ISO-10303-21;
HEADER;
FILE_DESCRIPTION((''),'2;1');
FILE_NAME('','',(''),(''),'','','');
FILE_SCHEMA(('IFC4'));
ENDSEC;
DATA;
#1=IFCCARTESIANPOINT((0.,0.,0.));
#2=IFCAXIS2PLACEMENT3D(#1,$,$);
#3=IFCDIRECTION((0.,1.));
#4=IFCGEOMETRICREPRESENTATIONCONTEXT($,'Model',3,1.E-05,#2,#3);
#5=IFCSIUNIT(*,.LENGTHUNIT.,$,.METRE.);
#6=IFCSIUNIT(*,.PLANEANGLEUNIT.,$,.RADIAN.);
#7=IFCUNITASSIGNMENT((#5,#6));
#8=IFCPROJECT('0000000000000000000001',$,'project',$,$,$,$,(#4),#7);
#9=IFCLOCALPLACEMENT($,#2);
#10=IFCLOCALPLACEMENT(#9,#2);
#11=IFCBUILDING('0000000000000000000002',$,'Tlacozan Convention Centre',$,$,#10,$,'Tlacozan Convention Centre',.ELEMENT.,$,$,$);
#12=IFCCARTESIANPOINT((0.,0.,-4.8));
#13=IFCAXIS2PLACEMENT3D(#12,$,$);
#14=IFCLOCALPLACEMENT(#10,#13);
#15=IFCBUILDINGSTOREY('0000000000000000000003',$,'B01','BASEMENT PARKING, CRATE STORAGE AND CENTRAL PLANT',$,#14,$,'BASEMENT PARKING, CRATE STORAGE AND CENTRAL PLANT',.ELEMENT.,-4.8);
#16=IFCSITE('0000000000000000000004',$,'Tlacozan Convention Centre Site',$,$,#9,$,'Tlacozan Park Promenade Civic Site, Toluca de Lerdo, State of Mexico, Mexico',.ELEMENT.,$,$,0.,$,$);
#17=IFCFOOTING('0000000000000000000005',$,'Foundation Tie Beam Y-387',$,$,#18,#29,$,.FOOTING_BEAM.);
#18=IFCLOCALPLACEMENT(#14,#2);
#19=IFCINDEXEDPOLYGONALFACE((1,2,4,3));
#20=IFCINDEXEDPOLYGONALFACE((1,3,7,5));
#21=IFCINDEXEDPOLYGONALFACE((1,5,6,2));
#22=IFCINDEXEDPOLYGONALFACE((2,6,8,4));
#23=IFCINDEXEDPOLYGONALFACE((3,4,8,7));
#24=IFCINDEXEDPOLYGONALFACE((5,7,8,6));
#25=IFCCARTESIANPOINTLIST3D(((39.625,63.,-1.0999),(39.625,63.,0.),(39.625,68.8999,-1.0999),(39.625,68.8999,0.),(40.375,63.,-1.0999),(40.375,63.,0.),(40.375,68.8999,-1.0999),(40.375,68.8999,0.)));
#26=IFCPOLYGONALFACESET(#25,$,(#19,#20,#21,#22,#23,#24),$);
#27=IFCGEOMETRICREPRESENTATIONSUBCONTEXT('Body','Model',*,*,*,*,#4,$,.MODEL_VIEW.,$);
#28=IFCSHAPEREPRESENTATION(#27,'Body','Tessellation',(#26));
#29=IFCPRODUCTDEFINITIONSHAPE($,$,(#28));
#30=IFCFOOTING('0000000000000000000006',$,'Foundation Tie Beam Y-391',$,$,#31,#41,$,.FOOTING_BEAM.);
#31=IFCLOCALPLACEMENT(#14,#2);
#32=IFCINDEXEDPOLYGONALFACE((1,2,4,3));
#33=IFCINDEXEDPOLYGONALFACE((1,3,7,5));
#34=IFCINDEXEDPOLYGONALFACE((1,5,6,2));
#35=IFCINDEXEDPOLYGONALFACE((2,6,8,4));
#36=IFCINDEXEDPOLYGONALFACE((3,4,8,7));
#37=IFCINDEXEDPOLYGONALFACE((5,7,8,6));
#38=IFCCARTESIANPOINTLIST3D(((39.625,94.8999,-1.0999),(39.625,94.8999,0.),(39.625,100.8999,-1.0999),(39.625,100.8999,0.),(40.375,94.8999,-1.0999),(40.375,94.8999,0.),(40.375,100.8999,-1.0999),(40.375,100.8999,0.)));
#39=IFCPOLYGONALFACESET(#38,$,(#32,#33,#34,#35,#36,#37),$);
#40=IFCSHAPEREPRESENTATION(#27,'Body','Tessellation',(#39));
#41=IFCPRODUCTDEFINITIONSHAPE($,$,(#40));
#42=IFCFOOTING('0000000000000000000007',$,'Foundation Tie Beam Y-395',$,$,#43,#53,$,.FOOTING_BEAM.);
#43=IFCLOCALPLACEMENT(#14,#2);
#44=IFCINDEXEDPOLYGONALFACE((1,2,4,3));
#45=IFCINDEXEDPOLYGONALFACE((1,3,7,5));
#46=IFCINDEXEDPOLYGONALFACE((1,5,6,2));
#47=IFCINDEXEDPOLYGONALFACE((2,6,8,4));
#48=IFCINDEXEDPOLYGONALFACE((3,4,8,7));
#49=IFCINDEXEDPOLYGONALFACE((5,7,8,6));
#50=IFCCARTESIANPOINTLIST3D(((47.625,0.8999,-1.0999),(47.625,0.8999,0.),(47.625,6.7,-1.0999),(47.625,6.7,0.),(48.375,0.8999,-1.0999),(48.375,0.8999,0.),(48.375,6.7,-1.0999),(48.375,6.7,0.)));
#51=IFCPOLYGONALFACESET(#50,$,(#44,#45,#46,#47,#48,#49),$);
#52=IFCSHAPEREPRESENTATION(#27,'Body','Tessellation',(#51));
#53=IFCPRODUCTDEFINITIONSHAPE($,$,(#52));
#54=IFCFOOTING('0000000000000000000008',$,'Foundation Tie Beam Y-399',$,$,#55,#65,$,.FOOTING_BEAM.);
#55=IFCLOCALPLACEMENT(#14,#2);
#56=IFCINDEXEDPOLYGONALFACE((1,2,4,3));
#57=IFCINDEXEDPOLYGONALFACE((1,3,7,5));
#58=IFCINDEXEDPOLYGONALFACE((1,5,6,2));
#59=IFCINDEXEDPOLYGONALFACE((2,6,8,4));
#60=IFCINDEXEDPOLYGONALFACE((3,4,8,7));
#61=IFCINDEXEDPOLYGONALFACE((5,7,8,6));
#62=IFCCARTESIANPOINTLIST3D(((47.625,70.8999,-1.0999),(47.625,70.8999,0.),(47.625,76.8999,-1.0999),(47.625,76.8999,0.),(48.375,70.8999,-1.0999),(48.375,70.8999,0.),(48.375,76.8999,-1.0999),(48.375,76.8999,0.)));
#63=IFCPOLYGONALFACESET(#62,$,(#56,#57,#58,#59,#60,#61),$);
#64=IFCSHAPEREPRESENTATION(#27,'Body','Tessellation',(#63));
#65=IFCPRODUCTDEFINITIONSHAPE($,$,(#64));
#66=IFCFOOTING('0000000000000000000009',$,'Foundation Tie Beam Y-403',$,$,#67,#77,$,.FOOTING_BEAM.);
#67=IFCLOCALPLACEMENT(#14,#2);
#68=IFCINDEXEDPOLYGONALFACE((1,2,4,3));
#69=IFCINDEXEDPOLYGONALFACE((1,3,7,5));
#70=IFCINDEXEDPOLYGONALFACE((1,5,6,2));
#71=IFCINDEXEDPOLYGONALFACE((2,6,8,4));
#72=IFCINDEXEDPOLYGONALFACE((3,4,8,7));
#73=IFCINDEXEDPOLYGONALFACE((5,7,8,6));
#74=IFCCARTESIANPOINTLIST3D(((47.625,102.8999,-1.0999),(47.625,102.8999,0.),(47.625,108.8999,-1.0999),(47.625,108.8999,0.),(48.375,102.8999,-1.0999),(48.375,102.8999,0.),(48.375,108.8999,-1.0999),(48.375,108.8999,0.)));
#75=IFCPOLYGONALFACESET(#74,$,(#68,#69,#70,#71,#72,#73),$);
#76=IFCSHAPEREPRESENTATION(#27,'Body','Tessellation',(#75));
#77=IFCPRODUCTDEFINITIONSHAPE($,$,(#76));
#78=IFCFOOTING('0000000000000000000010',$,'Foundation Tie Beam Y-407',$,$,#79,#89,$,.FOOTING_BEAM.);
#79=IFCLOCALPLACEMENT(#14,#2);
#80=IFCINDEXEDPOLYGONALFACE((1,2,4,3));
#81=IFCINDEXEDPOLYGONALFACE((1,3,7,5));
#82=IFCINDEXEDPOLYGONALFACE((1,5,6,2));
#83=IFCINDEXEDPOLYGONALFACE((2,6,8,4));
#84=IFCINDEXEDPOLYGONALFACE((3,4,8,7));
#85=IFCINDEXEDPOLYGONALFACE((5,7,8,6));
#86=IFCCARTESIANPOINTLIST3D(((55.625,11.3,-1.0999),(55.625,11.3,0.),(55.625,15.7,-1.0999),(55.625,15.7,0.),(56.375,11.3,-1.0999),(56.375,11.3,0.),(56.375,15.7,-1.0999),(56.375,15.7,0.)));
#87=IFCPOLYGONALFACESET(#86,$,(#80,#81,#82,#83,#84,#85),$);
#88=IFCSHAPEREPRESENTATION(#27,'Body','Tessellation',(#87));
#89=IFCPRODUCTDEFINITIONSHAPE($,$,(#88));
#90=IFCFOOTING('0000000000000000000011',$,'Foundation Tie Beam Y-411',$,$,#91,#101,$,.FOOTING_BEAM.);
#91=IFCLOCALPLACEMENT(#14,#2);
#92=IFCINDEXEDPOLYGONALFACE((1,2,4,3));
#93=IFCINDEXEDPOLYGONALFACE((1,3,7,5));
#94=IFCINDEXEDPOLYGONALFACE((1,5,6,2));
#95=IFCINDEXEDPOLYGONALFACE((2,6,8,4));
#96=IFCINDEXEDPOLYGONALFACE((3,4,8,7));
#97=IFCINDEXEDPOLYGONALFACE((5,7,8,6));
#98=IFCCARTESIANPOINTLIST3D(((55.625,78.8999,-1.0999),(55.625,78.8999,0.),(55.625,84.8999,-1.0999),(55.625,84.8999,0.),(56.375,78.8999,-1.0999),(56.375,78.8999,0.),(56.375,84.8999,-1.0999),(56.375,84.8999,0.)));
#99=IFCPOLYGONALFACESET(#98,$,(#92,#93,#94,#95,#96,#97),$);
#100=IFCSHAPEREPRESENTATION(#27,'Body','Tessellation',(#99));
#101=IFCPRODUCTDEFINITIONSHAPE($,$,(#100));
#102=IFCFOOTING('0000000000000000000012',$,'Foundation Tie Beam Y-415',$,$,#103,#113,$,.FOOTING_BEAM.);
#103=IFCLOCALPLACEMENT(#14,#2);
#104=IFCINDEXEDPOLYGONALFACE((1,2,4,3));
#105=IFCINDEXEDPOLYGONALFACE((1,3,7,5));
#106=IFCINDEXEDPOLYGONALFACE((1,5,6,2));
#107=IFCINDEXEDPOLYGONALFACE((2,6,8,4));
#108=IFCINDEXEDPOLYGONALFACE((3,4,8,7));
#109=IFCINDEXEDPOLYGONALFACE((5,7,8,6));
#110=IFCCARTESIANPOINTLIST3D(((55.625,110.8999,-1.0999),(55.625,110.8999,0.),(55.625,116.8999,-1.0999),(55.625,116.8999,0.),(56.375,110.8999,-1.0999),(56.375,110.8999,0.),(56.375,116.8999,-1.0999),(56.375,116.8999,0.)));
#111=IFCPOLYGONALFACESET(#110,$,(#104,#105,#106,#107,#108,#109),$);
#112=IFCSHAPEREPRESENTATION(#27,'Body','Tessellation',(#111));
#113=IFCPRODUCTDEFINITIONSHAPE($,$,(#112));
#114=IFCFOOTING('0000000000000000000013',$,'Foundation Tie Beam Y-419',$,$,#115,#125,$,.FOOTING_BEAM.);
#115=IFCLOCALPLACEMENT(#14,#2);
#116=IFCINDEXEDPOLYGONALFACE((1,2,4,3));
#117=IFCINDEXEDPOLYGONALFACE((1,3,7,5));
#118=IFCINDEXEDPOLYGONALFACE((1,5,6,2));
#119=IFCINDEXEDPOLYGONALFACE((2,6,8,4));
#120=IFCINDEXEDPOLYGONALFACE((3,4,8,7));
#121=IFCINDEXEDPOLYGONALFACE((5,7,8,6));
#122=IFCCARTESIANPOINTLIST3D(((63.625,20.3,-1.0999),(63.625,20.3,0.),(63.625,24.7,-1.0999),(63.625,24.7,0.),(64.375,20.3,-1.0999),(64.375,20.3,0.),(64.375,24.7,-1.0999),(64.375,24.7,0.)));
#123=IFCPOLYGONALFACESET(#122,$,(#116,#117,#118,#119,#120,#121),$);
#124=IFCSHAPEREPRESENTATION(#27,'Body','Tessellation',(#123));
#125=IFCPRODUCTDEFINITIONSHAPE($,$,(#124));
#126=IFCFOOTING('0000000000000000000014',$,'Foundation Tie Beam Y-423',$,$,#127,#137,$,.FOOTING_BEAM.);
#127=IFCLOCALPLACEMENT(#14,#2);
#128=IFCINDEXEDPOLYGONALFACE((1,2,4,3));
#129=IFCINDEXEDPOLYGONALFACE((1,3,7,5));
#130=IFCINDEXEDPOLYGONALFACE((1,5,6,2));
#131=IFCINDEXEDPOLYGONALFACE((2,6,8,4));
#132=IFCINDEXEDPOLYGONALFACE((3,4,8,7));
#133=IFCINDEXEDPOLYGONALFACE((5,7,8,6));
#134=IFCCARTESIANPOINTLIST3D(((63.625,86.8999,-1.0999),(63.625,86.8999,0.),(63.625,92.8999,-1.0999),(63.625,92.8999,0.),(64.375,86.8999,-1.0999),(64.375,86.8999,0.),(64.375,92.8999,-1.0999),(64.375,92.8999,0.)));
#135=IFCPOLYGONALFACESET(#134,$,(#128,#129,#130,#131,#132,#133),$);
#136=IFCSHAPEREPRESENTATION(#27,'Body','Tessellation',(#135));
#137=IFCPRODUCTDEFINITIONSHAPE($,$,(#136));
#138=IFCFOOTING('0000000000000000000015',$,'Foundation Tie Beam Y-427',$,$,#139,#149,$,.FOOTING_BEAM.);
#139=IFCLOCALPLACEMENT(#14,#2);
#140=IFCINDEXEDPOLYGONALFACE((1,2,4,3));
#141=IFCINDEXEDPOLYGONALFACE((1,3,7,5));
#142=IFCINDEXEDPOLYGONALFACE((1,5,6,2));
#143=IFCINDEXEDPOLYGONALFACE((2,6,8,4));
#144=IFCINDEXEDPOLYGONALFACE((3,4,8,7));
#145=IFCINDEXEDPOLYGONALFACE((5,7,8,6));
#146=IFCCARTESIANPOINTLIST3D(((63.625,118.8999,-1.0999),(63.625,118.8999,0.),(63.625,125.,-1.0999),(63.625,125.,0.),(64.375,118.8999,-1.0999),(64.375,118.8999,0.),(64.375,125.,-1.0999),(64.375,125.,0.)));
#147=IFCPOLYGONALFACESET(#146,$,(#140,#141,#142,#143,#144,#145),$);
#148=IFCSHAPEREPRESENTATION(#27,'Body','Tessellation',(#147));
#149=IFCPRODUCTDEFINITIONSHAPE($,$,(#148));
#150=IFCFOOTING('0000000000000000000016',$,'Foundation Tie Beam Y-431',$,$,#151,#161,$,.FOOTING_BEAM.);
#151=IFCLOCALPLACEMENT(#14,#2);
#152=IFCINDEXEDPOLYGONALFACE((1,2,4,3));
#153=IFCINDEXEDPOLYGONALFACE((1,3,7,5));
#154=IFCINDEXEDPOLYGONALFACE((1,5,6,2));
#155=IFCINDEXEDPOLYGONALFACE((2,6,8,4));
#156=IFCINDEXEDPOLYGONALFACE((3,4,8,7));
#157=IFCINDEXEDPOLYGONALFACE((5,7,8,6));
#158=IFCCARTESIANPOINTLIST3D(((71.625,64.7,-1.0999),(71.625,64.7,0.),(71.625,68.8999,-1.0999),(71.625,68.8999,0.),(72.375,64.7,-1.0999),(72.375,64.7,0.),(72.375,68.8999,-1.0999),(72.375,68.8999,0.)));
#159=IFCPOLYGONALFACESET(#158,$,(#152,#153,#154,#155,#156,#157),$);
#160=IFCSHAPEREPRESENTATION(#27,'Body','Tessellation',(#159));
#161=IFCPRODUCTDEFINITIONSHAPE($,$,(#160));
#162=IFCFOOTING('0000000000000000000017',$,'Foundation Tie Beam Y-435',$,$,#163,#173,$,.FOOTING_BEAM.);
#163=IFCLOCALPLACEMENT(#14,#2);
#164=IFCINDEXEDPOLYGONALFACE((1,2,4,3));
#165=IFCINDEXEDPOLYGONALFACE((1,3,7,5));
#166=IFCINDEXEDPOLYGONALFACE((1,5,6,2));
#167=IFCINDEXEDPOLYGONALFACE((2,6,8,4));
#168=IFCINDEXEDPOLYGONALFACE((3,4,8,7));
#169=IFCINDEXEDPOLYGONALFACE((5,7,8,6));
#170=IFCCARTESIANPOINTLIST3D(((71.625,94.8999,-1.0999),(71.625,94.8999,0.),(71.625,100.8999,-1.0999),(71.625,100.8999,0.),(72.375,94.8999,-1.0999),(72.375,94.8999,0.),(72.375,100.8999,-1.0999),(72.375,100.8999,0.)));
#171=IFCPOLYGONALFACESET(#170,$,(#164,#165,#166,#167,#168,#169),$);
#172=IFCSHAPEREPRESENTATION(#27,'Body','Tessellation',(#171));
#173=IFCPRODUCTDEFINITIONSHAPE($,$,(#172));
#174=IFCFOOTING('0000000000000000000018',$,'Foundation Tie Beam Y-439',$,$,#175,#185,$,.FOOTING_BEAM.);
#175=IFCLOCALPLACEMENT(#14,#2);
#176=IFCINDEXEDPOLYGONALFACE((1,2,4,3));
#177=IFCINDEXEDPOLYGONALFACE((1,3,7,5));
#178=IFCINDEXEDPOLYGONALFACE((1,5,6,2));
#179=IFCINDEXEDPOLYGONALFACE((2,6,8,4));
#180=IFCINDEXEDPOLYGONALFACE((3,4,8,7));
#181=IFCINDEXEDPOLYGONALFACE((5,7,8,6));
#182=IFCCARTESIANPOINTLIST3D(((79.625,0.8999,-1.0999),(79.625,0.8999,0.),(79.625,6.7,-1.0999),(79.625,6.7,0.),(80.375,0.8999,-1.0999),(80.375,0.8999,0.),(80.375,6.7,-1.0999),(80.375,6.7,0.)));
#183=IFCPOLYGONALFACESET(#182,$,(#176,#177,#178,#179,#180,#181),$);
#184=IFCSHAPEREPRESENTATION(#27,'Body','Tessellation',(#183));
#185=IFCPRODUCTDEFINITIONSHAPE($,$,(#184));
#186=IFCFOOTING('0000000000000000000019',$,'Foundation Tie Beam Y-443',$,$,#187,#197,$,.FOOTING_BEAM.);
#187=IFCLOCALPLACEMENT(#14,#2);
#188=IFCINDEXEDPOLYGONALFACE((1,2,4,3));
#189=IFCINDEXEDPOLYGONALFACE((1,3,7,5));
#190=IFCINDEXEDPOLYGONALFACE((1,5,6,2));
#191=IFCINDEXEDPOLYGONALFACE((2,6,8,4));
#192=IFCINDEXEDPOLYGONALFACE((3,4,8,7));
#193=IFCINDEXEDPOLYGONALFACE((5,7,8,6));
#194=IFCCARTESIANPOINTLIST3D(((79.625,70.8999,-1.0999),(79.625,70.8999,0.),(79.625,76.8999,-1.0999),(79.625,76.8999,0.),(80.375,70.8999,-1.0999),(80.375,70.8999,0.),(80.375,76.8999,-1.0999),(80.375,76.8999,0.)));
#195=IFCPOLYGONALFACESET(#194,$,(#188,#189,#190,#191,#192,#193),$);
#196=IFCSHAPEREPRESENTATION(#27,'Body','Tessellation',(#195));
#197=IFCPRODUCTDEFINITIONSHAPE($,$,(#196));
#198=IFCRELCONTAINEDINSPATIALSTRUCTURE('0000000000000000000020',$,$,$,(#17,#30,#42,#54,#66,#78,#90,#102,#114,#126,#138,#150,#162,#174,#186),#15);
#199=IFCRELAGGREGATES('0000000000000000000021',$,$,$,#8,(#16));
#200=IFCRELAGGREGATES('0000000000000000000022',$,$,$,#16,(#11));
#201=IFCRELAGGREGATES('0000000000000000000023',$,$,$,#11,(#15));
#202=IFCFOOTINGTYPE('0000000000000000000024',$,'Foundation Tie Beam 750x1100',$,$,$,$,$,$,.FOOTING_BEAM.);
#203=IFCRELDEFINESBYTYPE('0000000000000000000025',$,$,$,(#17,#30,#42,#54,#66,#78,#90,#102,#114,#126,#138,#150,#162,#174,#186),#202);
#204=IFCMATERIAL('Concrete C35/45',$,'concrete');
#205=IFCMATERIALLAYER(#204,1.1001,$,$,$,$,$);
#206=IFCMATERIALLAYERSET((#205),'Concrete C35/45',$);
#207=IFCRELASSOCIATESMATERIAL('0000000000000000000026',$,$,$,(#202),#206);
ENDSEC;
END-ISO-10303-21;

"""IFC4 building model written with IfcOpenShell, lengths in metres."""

from ifc_helpers import new_model, si_unit, direction, frame, origin, place, context, subcontext, project, spatial, polyline, outline, extrude, material, layer, layer_set, type_object, element, save


model = new_model("IFC4")

# Units and contexts
model_context = context("Model", 3, precision=1e-05, world=origin(), true_north=direction((0.0, 1.0)))
body_context = subcontext(model_context, "Body", "Model", "MODEL_VIEW")
ifc_project = project(units=[si_unit("LENGTHUNIT", "METRE"), si_unit("PLANEANGLEUNIT", "RADIAN")], contexts=[model_context])

# Site, building, storey
site_placement = place(None, origin())
site = spatial("IfcSite", under=ifc_project, at=site_placement, Name="Tlacozan Convention Centre Site", LongName="Tlacozan Park Promenade Civic Site, Toluca de Lerdo, State of Mexico, Mexico", CompositionType="ELEMENT", RefElevation=0.0)
building_placement = place(site_placement, origin())
building = spatial("IfcBuilding", under=site, at=building_placement, Name="Tlacozan Convention Centre", LongName="Tlacozan Convention Centre", CompositionType="ELEMENT")
storey_placement = place(building_placement, frame((0.0, 0.0, -4.8)))
storey = spatial("IfcBuildingStorey", under=building, at=storey_placement, Name="B01", Description="BASEMENT PARKING, CRATE STORAGE AND CENTRAL PLANT", LongName="BASEMENT PARKING, CRATE STORAGE AND CENTRAL PLANT", CompositionType="ELEMENT", Elevation=-4.8)

# Footings
ifc_material = material(Name="Concrete C35/45", Category="concrete")
ifc_layer = layer(ifc_material, 1.1001)
ifc_layer_set = layer_set([ifc_layer], Name="Concrete C35/45")
footing_type = type_object("IfcFootingType", Name="Foundation Tie Beam 750x1100", PredefinedType="FOOTING_BEAM", material=ifc_layer_set)
footing_1_placement = place(storey_placement, frame((0.0, 0.0, -1.0999)))
element("IfcFooting", 1, at=footing_1_placement, inside=storey, type_object=footing_type, Name="Foundation Tie Beam Y-387", PredefinedType="FOOTING_BEAM", context=body_context, shape_type="SweptSolid", body=[
    extrude(outline(polyline([(39.625, 63.0), (40.375, 63.0), (40.375, 68.8999), (39.625, 68.8999), (39.625, 63.0)])), origin(), (0.0, 0.0, 1.0), 1.0999),
])
footing_2_placement = place(storey_placement, frame((0.0, 0.0, -1.0999)))
element("IfcFooting", 2, at=footing_2_placement, inside=storey, type_object=footing_type, Name="Foundation Tie Beam Y-391", PredefinedType="FOOTING_BEAM", context=body_context, shape_type="SweptSolid", body=[
    extrude(outline(polyline([(39.625, 94.8999), (40.375, 94.8999), (40.375, 100.8999), (39.625, 100.8999), (39.625, 94.8999)])), origin(), (0.0, 0.0, 1.0), 1.0999),
])
footing_3_placement = place(storey_placement, frame((0.0, 0.0, -1.0999)))
element("IfcFooting", 3, at=footing_3_placement, inside=storey, type_object=footing_type, Name="Foundation Tie Beam Y-395", PredefinedType="FOOTING_BEAM", context=body_context, shape_type="SweptSolid", body=[
    extrude(outline(polyline([(47.625, 0.8999), (48.375, 0.8999), (48.375, 6.7), (47.625, 6.7), (47.625, 0.8999)])), origin(), (0.0, 0.0, 1.0), 1.0999),
])
footing_4_placement = place(storey_placement, frame((0.0, 0.0, -1.0999)))
element("IfcFooting", 4, at=footing_4_placement, inside=storey, type_object=footing_type, Name="Foundation Tie Beam Y-399", PredefinedType="FOOTING_BEAM", context=body_context, shape_type="SweptSolid", body=[
    extrude(outline(polyline([(47.625, 70.8999), (48.375, 70.8999), (48.375, 76.8999), (47.625, 76.8999), (47.625, 70.8999)])), origin(), (0.0, 0.0, 1.0), 1.0999),
])
footing_5_placement = place(storey_placement, frame((0.0, 0.0, -1.0999)))
element("IfcFooting", 5, at=footing_5_placement, inside=storey, type_object=footing_type, Name="Foundation Tie Beam Y-403", PredefinedType="FOOTING_BEAM", context=body_context, shape_type="SweptSolid", body=[
    extrude(outline(polyline([(47.625, 102.8999), (48.375, 102.8999), (48.375, 108.8999), (47.625, 108.8999), (47.625, 102.8999)])), origin(), (0.0, 0.0, 1.0), 1.0999),
])
footing_6_placement = place(storey_placement, frame((0.0, 0.0, -1.0999)))
element("IfcFooting", 6, at=footing_6_placement, inside=storey, type_object=footing_type, Name="Foundation Tie Beam Y-407", PredefinedType="FOOTING_BEAM", context=body_context, shape_type="SweptSolid", body=[
    extrude(outline(polyline([(55.625, 11.3), (56.375, 11.3), (56.375, 15.7), (55.625, 15.7), (55.625, 11.3)])), origin(), (0.0, 0.0, 1.0), 1.0999),
])
footing_7_placement = place(storey_placement, frame((0.0, 0.0, -1.0999)))
element("IfcFooting", 7, at=footing_7_placement, inside=storey, type_object=footing_type, Name="Foundation Tie Beam Y-411", PredefinedType="FOOTING_BEAM", context=body_context, shape_type="SweptSolid", body=[
    extrude(outline(polyline([(55.625, 78.8999), (56.375, 78.8999), (56.375, 84.8999), (55.625, 84.8999), (55.625, 78.8999)])), origin(), (0.0, 0.0, 1.0), 1.0999),
])
footing_8_placement = place(storey_placement, frame((0.0, 0.0, -1.0999)))
element("IfcFooting", 8, at=footing_8_placement, inside=storey, type_object=footing_type, Name="Foundation Tie Beam Y-415", PredefinedType="FOOTING_BEAM", context=body_context, shape_type="SweptSolid", body=[
    extrude(outline(polyline([(55.625, 110.8999), (56.375, 110.8999), (56.375, 116.8999), (55.625, 116.8999), (55.625, 110.8999)])), origin(), (0.0, 0.0, 1.0), 1.0999),
])
footing_9_placement = place(storey_placement, frame((0.0, 0.0, -1.0999)))
element("IfcFooting", 9, at=footing_9_placement, inside=storey, type_object=footing_type, Name="Foundation Tie Beam Y-419", PredefinedType="FOOTING_BEAM", context=body_context, shape_type="SweptSolid", body=[
    extrude(outline(polyline([(63.625, 20.3), (64.375, 20.3), (64.375, 24.7), (63.625, 24.7), (63.625, 20.3)])), origin(), (0.0, 0.0, 1.0), 1.0999),
])
footing_10_placement = place(storey_placement, frame((0.0, 0.0, -1.0999)))
element("IfcFooting", 10, at=footing_10_placement, inside=storey, type_object=footing_type, Name="Foundation Tie Beam Y-423", PredefinedType="FOOTING_BEAM", context=body_context, shape_type="SweptSolid", body=[
    extrude(outline(polyline([(63.625, 86.8999), (64.375, 86.8999), (64.375, 92.8999), (63.625, 92.8999), (63.625, 86.8999)])), origin(), (0.0, 0.0, 1.0), 1.0999),
])
footing_11_placement = place(storey_placement, frame((0.0, 0.0, -1.0999)))
element("IfcFooting", 11, at=footing_11_placement, inside=storey, type_object=footing_type, Name="Foundation Tie Beam Y-427", PredefinedType="FOOTING_BEAM", context=body_context, shape_type="SweptSolid", body=[
    extrude(outline(polyline([(63.625, 118.8999), (64.375, 118.8999), (64.375, 125.0), (63.625, 125.0), (63.625, 118.8999)])), origin(), (0.0, 0.0, 1.0), 1.0999),
])
footing_12_placement = place(storey_placement, frame((0.0, 0.0, -1.0999)))
element("IfcFooting", 12, at=footing_12_placement, inside=storey, type_object=footing_type, Name="Foundation Tie Beam Y-431", PredefinedType="FOOTING_BEAM", context=body_context, shape_type="SweptSolid", body=[
    extrude(outline(polyline([(71.625, 64.7), (72.375, 64.7), (72.375, 68.8999), (71.625, 68.8999), (71.625, 64.7)])), origin(), (0.0, 0.0, 1.0), 1.0999),
])
footing_13_placement = place(storey_placement, frame((0.0, 0.0, -1.0999)))
element("IfcFooting", 13, at=footing_13_placement, inside=storey, type_object=footing_type, Name="Foundation Tie Beam Y-435", PredefinedType="FOOTING_BEAM", context=body_context, shape_type="SweptSolid", body=[
    extrude(outline(polyline([(71.625, 94.8999), (72.375, 94.8999), (72.375, 100.8999), (71.625, 100.8999), (71.625, 94.8999)])), origin(), (0.0, 0.0, 1.0), 1.0999),
])
footing_14_placement = place(storey_placement, frame((0.0, 0.0, -1.0999)))
element("IfcFooting", 14, at=footing_14_placement, inside=storey, type_object=footing_type, Name="Foundation Tie Beam Y-439", PredefinedType="FOOTING_BEAM", context=body_context, shape_type="SweptSolid", body=[
    extrude(outline(polyline([(79.625, 0.8999), (80.375, 0.8999), (80.375, 6.7), (79.625, 6.7), (79.625, 0.8999)])), origin(), (0.0, 0.0, 1.0), 1.0999),
])
footing_15_placement = place(storey_placement, frame((0.0, 0.0, -1.0999)))
element("IfcFooting", 15, at=footing_15_placement, inside=storey, type_object=footing_type, Name="Foundation Tie Beam Y-443", PredefinedType="FOOTING_BEAM", context=body_context, shape_type="SweptSolid", body=[
    extrude(outline(polyline([(79.625, 70.8999), (80.375, 70.8999), (80.375, 76.8999), (79.625, 76.8999), (79.625, 70.8999)])), origin(), (0.0, 0.0, 1.0), 1.0999),
])

save(model, "model.ifc")
